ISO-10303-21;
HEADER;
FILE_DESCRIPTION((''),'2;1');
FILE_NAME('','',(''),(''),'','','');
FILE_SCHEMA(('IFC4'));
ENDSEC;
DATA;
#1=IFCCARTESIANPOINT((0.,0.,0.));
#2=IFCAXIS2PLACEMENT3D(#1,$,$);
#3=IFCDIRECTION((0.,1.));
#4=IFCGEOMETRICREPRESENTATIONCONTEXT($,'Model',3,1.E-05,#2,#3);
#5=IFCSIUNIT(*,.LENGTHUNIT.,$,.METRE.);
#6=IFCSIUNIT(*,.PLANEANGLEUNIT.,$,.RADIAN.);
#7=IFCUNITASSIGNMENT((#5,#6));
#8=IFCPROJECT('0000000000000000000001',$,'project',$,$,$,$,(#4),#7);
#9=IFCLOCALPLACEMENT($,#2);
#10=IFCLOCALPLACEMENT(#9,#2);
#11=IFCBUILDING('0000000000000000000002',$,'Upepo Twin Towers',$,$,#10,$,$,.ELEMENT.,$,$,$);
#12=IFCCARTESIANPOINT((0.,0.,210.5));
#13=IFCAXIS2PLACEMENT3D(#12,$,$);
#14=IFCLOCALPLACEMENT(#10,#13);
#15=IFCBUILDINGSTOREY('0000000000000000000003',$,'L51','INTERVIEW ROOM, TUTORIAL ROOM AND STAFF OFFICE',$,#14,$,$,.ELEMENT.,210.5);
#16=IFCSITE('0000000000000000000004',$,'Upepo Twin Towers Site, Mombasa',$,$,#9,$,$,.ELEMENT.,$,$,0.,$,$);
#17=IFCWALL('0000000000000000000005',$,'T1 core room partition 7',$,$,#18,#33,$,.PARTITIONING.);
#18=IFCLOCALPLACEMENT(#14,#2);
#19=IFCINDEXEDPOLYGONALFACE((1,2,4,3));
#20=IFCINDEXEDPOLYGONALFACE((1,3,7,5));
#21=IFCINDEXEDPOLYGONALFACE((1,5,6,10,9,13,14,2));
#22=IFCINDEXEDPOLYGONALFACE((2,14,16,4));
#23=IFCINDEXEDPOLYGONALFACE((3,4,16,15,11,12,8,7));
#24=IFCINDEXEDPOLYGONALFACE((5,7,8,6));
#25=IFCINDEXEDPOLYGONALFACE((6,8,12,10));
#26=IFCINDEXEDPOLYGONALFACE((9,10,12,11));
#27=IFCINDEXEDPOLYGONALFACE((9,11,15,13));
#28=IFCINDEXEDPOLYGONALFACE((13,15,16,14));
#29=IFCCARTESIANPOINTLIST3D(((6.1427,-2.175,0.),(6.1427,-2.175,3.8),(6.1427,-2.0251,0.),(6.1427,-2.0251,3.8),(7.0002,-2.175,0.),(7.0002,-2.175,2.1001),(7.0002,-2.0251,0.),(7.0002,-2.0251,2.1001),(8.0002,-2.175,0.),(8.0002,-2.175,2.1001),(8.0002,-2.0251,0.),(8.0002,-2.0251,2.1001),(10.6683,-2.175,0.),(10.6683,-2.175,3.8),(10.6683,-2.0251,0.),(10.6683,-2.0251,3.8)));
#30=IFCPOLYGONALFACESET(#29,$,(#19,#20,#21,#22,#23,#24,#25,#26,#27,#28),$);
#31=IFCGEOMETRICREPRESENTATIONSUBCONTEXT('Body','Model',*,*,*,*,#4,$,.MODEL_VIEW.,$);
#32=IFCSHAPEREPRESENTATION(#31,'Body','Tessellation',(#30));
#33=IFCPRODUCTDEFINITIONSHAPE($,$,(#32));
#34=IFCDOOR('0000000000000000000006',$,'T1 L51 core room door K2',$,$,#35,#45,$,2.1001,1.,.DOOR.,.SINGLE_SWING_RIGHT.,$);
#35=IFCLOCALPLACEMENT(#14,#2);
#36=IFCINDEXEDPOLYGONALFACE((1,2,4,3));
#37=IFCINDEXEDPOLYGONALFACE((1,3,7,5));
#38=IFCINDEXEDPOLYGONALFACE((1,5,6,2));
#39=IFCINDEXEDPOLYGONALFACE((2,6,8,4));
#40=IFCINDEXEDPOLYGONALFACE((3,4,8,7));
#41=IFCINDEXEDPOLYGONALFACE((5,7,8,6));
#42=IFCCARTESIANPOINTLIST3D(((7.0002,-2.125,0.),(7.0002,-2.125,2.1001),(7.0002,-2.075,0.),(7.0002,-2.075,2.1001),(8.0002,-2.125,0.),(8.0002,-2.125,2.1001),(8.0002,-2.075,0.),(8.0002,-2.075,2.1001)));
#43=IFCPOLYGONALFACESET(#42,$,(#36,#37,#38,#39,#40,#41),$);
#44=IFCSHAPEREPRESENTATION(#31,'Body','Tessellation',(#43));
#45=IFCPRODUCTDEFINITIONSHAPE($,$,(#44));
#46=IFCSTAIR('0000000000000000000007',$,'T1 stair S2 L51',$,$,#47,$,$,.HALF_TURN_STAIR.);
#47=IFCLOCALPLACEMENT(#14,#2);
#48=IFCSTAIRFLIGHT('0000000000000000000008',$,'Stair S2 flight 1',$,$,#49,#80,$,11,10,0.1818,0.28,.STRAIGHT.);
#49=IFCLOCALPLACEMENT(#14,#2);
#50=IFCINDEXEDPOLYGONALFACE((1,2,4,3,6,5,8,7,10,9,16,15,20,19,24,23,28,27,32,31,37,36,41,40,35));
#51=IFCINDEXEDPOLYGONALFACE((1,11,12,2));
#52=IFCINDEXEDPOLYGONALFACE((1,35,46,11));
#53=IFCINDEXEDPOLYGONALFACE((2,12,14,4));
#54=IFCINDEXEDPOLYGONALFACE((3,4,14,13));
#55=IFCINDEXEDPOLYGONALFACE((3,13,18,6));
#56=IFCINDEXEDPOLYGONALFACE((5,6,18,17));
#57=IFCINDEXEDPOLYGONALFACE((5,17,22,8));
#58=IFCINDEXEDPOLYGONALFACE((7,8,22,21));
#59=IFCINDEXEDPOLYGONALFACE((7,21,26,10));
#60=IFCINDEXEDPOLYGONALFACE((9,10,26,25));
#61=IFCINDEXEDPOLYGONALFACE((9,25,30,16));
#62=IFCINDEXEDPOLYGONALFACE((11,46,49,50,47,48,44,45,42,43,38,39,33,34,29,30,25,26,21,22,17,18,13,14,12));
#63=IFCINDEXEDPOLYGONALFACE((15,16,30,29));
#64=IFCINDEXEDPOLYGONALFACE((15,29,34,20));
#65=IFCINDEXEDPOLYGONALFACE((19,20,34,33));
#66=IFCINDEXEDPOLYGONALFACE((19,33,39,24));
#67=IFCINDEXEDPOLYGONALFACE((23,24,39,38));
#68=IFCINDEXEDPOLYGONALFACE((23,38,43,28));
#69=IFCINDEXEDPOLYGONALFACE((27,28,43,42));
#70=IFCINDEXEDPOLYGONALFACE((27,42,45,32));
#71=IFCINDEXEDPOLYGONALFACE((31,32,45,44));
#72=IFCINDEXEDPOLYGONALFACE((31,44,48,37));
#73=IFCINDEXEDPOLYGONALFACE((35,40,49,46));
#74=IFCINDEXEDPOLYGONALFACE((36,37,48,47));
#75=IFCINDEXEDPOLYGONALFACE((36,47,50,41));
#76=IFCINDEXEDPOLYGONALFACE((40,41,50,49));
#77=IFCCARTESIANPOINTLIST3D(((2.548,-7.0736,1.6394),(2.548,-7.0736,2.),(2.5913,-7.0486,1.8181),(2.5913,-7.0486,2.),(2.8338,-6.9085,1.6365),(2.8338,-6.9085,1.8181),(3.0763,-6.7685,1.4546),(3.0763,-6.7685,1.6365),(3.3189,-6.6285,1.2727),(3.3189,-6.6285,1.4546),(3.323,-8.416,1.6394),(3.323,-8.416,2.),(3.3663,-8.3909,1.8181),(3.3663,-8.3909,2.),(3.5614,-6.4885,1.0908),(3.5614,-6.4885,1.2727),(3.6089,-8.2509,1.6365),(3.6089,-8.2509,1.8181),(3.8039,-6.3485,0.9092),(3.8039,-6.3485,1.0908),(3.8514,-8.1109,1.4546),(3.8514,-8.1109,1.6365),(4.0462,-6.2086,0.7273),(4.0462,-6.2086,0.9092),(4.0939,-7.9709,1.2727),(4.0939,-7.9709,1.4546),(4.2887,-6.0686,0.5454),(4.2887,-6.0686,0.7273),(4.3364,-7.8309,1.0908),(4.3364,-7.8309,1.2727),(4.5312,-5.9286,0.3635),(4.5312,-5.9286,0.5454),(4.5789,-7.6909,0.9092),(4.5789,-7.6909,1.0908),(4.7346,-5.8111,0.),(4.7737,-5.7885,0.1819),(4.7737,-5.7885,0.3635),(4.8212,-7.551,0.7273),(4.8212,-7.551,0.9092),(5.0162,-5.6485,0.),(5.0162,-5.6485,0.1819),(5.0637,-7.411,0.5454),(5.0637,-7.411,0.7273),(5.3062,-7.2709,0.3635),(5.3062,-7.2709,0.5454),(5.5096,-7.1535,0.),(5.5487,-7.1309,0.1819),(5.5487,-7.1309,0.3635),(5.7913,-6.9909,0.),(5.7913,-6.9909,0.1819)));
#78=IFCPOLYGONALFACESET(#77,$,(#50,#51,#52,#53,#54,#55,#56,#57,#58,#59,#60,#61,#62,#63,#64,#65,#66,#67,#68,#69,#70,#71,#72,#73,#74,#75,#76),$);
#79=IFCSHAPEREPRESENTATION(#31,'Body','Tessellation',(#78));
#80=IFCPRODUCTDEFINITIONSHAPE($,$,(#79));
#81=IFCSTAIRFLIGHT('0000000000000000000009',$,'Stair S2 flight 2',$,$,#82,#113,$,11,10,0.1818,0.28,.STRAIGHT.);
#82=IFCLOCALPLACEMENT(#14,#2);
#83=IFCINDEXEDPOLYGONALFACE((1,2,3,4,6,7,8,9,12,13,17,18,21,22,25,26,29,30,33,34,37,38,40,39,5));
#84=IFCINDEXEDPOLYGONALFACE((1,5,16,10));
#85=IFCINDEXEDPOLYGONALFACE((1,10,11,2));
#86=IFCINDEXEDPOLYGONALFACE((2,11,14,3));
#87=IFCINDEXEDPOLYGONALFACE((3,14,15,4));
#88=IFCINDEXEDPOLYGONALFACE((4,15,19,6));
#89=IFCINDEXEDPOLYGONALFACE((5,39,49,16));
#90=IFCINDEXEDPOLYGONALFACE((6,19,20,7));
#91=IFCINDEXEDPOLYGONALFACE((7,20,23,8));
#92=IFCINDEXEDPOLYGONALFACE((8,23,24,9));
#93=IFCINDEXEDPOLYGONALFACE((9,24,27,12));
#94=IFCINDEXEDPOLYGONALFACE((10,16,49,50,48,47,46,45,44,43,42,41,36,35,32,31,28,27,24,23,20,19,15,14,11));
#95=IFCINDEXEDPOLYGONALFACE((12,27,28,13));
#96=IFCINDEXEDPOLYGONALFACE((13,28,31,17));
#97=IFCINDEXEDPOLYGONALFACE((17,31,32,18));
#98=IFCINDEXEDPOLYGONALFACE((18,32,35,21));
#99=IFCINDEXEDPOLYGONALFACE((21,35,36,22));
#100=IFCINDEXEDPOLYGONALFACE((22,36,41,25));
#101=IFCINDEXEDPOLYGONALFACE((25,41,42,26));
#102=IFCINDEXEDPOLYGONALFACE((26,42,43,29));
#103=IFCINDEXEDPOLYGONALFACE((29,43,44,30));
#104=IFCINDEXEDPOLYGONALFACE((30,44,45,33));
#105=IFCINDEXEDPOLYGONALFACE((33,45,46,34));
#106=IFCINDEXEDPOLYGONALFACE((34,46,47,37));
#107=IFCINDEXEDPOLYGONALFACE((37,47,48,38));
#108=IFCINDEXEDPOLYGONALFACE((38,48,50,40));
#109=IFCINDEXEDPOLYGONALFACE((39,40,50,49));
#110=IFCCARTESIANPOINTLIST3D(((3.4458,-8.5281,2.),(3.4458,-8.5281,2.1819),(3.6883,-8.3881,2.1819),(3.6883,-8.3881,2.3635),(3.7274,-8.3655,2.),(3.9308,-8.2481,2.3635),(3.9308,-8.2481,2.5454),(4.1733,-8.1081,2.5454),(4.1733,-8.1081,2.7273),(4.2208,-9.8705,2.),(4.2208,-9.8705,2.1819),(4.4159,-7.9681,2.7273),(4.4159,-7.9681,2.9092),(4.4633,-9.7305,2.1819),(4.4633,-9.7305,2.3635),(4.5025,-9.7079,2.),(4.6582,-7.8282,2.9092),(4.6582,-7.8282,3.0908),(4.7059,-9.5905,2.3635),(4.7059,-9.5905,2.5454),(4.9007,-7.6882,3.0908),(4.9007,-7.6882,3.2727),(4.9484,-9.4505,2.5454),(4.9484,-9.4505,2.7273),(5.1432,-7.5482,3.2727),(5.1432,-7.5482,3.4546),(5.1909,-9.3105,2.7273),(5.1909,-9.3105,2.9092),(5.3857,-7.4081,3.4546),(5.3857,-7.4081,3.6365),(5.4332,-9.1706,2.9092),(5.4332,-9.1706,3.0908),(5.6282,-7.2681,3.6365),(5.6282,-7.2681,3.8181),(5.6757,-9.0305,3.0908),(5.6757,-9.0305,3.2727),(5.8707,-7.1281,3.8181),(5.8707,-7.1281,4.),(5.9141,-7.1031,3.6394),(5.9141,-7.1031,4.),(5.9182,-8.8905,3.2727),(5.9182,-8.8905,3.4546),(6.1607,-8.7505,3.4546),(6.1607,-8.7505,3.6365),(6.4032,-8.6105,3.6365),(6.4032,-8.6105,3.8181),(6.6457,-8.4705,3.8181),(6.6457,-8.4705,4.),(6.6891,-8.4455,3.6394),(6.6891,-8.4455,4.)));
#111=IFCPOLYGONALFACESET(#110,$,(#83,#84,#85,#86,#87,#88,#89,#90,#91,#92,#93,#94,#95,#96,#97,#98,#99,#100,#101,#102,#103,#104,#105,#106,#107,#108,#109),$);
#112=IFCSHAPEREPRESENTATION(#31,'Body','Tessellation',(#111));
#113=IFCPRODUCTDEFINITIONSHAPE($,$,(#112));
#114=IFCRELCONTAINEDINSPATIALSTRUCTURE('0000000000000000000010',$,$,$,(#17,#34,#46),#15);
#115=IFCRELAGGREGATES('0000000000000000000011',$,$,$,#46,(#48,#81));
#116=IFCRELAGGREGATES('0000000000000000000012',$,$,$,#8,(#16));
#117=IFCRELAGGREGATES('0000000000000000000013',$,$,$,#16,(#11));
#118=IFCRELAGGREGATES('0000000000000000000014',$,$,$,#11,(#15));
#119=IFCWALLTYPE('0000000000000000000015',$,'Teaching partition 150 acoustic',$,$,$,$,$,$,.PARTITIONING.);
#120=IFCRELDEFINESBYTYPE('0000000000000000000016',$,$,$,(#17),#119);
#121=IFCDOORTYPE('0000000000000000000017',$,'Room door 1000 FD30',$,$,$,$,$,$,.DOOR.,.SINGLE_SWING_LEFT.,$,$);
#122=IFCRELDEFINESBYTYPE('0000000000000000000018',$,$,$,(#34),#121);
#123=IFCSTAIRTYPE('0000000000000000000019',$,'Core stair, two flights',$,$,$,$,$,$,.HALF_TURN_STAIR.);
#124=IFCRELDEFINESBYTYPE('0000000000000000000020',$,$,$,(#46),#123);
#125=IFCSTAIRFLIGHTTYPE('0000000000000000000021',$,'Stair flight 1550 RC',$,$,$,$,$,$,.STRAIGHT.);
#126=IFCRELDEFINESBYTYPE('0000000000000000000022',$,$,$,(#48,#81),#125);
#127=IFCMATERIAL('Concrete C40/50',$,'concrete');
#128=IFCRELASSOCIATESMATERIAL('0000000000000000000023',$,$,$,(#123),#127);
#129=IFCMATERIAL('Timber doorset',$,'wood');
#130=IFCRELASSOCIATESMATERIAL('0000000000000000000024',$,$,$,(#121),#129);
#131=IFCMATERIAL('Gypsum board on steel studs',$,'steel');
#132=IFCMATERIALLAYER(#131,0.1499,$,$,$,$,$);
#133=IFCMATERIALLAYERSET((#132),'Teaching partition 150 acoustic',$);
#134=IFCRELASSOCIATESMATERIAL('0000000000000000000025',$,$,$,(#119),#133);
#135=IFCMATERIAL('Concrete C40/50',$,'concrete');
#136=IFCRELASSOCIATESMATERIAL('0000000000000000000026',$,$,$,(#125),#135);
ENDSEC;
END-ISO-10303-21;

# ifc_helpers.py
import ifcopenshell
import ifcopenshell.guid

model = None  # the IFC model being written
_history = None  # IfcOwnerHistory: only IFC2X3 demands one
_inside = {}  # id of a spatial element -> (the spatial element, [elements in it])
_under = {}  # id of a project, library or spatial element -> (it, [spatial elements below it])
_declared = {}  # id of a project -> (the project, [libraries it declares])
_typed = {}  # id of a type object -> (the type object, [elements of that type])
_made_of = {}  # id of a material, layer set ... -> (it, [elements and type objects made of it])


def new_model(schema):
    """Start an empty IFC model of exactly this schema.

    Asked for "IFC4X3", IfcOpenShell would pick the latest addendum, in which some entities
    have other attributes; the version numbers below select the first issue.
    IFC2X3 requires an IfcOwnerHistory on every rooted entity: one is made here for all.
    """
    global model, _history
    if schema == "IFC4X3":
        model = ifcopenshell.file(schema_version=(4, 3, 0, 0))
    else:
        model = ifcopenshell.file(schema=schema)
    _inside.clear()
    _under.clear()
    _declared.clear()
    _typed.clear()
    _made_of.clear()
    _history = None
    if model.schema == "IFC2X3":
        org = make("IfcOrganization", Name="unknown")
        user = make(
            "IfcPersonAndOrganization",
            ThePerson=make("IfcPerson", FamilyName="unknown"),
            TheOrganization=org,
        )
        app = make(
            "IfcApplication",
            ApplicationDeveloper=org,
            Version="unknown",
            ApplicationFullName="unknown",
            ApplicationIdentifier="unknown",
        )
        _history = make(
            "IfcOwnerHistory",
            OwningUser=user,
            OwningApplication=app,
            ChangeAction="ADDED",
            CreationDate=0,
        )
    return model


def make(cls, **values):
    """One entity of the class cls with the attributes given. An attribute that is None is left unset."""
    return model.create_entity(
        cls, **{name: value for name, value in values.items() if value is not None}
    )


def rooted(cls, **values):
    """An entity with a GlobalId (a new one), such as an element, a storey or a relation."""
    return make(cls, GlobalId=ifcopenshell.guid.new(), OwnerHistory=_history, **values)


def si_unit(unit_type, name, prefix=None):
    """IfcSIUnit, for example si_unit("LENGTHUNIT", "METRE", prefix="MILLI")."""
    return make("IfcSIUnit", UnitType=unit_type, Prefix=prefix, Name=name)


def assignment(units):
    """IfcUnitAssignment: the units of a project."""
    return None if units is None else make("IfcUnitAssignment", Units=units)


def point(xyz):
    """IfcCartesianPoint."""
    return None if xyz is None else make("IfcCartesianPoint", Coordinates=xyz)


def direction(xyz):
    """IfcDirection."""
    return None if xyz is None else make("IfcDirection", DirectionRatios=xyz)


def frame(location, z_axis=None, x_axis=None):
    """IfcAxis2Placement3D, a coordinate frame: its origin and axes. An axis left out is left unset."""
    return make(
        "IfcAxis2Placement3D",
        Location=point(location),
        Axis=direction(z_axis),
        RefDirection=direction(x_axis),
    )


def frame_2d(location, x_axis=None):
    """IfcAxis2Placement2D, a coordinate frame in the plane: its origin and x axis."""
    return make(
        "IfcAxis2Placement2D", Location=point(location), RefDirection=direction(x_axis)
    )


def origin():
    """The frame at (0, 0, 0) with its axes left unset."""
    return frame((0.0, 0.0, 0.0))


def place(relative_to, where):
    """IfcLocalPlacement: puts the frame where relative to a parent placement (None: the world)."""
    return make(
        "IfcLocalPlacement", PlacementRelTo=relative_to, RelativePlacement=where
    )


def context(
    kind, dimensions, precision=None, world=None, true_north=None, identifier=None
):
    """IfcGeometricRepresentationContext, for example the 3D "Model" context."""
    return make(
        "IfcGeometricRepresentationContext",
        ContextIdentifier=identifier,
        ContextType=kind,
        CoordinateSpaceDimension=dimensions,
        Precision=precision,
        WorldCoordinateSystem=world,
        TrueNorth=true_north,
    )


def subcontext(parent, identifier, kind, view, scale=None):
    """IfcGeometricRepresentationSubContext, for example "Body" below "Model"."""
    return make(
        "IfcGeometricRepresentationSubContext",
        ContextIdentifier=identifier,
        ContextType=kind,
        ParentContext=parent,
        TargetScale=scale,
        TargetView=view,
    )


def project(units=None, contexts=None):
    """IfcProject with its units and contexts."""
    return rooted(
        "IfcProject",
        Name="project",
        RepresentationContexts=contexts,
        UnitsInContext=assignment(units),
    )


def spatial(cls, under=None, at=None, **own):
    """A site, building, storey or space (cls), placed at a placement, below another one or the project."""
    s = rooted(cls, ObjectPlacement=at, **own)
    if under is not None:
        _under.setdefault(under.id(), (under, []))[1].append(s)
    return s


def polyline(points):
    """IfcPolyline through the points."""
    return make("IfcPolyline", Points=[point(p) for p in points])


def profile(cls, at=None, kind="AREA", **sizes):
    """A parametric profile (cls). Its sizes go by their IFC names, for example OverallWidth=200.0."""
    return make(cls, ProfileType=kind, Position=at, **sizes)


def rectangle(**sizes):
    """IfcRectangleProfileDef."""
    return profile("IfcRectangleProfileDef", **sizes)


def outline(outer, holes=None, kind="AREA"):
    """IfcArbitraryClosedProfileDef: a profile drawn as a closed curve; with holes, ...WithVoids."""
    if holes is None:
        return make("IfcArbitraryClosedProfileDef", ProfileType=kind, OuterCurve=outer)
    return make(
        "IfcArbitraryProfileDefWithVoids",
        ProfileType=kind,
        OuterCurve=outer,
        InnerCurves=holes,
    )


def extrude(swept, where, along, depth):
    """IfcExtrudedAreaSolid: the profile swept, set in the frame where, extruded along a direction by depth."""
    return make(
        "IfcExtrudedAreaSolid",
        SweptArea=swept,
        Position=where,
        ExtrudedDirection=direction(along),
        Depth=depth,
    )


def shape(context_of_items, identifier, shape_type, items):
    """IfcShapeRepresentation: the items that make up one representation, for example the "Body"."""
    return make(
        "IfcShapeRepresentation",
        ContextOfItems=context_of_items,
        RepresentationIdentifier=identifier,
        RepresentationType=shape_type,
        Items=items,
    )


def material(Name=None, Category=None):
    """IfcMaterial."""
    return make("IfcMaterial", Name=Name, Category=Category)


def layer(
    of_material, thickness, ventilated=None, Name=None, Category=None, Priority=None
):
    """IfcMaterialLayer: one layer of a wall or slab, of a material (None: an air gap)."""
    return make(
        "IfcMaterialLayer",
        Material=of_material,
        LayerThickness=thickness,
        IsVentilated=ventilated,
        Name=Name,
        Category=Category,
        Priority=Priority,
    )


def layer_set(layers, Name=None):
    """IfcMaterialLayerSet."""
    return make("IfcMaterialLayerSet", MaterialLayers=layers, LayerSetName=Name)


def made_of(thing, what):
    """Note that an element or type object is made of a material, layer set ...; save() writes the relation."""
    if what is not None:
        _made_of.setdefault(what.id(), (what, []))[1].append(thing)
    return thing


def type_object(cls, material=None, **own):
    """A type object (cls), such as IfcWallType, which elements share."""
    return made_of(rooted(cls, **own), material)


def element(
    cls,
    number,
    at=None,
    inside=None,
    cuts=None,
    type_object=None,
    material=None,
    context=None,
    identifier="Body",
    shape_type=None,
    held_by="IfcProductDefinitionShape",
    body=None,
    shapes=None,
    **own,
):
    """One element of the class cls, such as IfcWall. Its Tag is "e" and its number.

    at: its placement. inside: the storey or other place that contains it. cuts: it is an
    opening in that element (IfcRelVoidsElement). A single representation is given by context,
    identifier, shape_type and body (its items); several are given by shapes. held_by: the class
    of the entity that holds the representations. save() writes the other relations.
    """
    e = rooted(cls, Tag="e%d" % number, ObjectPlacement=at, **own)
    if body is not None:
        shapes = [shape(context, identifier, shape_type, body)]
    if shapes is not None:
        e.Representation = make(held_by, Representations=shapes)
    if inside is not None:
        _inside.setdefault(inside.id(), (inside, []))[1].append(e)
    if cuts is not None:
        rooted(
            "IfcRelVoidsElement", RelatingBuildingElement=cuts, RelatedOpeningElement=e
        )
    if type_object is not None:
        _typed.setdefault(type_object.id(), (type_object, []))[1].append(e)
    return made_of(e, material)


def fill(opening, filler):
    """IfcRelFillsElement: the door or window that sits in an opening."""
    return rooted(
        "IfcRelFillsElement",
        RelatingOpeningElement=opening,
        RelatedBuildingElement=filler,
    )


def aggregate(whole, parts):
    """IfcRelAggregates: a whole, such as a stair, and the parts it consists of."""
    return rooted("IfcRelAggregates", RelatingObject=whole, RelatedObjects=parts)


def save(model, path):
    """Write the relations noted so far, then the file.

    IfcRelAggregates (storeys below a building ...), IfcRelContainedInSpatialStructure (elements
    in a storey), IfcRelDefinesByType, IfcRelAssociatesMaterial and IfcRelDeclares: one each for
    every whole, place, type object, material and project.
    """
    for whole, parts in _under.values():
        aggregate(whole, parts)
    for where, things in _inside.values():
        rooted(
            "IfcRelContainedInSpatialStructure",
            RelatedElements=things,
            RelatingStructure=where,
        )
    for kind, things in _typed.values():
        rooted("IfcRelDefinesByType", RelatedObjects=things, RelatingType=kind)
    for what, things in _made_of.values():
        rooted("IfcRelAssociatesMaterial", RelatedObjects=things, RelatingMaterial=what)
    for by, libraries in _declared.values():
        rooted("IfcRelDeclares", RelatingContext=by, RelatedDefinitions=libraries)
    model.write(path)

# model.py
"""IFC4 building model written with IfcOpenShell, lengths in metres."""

from ifc_helpers import new_model, si_unit, direction, frame, frame_2d, origin, place, context, subcontext, project, spatial, polyline, rectangle, outline, extrude, material, layer, layer_set, type_object, element, fill, aggregate, save


model = new_model("IFC4")

# Units and contexts
model_context = context("Model", 3, precision=1e-05, world=origin(), true_north=direction((0.0, 1.0)))
body_context = subcontext(model_context, "Body", "Model", "MODEL_VIEW")
ifc_project = project(units=[si_unit("LENGTHUNIT", "METRE"), si_unit("PLANEANGLEUNIT", "RADIAN")], contexts=[model_context])

# Site, building, storey
site_placement = place(None, origin())
site = spatial("IfcSite", under=ifc_project, at=site_placement, Name="Upepo Twin Towers Site, Mombasa", CompositionType="ELEMENT", RefElevation=0.0)
building_placement = place(site_placement, origin())
building = spatial("IfcBuilding", under=site, at=building_placement, Name="Upepo Twin Towers", CompositionType="ELEMENT")
storey_placement = place(building_placement, frame((0.0, 0.0, 210.5)))
storey = spatial("IfcBuildingStorey", under=building, at=storey_placement, Name="L51", Description="INTERVIEW ROOM, TUTORIAL ROOM AND STAFF OFFICE", CompositionType="ELEMENT", Elevation=210.5)

# Shared definitions
ifc_material_1 = material(Name="Concrete C40/50", Category="concrete")
stair_type = type_object("IfcStairType", Name="Core stair, two flights", PredefinedType="HALF_TURN_STAIR", material=ifc_material_1)

# Shared definitions
ifc_material_2 = material(Name="Timber doorset", Category="wood")
door_type_1 = type_object("IfcDoorType", Name="Room door 1000 FD30", OperationType="SINGLE_SWING_LEFT", PredefinedType="DOOR", material=ifc_material_2)

# Shared definitions
ifc_material_3 = material(Name="Gypsum board on steel studs", Category="steel")
ifc_layer_1 = layer(ifc_material_3, 0.1499)
ifc_layer_set_1 = layer_set([ifc_layer_1], Name="Teaching partition 150 acoustic")
wall_type_1 = type_object("IfcWallType", Name="Teaching partition 150 acoustic", PredefinedType="PARTITIONING", material=ifc_layer_set_1)

# Wall, opening, door
wall_1_placement = place(storey_placement, frame((10.6682, -2.1001, 0.0), z_axis=(0.0, 0.0, 1.0), x_axis=(-1.0, 0.0, 0.0)))
wall_1 = element("IfcWall", 1, at=wall_1_placement, inside=storey, type_object=wall_type_1, Name="T1 core room partition 7", PredefinedType="PARTITIONING", context=body_context, shape_type="SweptSolid", body=[
    extrude(rectangle(XDim=4.5256, YDim=0.1499, at=frame_2d((2.2627, 0.0))), origin(), (0.0, 0.0, 1.0), 3.8),
])
opening_1_placement = place(wall_1_placement, frame((2.668, 0.0, 0.0)))
opening_1 = element("IfcOpeningElement", 2, at=opening_1_placement, cuts=wall_1, PredefinedType="OPENING", context=body_context, shape_type="SweptSolid", body=[
    extrude(rectangle(XDim=1.0, YDim=2.1001, at=frame_2d((0.5, 1.05))), frame((0.0, 0.085, 0.0), z_axis=(0.0, -1.0, 0.0), x_axis=(1.0, 0.0, 0.0)), (0.0, 0.0, 1.0), 0.1699),
])
door_1_placement = place(opening_1_placement, origin())
door_1 = element("IfcDoor", 3, at=door_1_placement, inside=storey, type_object=door_type_1, Name="T1 L51 core room door K2", OperationType="SINGLE_SWING_RIGHT", OverallHeight=2.1001, OverallWidth=1.0, PredefinedType="DOOR", context=body_context, shape_type="SweptSolid", body=[
    extrude(rectangle(XDim=1.0, YDim=2.1001, at=frame_2d((0.5, 1.05))), frame((0.0, 0.0249, 0.0), z_axis=(0.0, -1.0, 0.0), x_axis=(1.0, 0.0, 0.0)), (0.0, 0.0, 1.0), 0.05),
])
fill(opening_1, door_1)

# Stair, stair flights
stair_1_placement = place(storey_placement, origin())
stair_1 = element("IfcStair", 4, at=stair_1_placement, inside=storey, type_object=stair_type, Name="T1 stair S2 L51", PredefinedType="HALF_TURN_STAIR")
ifc_material_4 = material(Name="Concrete C40/50", Category="concrete")
stair_flight_type = type_object("IfcStairFlightType", Name="Stair flight 1550 RC", PredefinedType="STRAIGHT", material=ifc_material_4)
stair_flight_1_placement = place(storey_placement, frame((5.4038, -6.3198, 0.0), z_axis=(0.0, 0.0, 1.0), x_axis=(-0.866025, -0.5, 0.0)))
stair_flight_1 = element("IfcStairFlight", 5, at=stair_flight_1_placement, type_object=stair_flight_type, Name="Stair S2 flight 1", NumberOfRisers=11, NumberOfTreads=10, PredefinedType="STRAIGHT", RiserHeight=0.1818, TreadLength=0.28, context=body_context, shape_type="SweptSolid", body=[
    extrude(outline(polyline([(0.0, 0.0), (0.0, 0.1819), (0.28, 0.1819), (0.28, 0.3635), (0.5601, 0.3635), (0.5601, 0.5454), (0.8401, 0.5454), (0.8401, 0.7273), (1.1201, 0.7273), (1.1201, 0.9092), (1.3999, 0.9092), (1.3999, 1.0908), (1.6799, 1.0908), (1.6799, 1.2727), (1.96, 1.2727), (1.96, 1.4546), (2.24, 1.4546), (2.24, 1.6365), (2.52, 1.6365), (2.52, 1.8181), (2.8, 1.8181), (2.8, 2.0), (2.8501, 2.0), (2.8501, 1.6394), (0.3252, 0.0), (0.0, 0.0)])), frame((0.0, 0.7749, 0.0), z_axis=(0.0, -1.0, 0.0), x_axis=(1.0, 0.0, 0.0)), (0.0, 0.0, 1.0), 1.55),
])
stair_flight_2_placement = place(storey_placement, frame((3.8333, -9.1992, 2.0), z_axis=(0.0, 0.0, 1.0), x_axis=(0.866025, 0.5, 0.0)))
stair_flight_2 = element("IfcStairFlight", 6, at=stair_flight_2_placement, type_object=stair_flight_type, Name="Stair S2 flight 2", NumberOfRisers=11, NumberOfTreads=10, PredefinedType="STRAIGHT", RiserHeight=0.1818, TreadLength=0.28, context=body_context, shape_type="SweptSolid", body=[
    extrude(outline(polyline([(0.0, 0.0), (0.0, 0.1819), (0.28, 0.1819), (0.28, 0.3635), (0.5601, 0.3635), (0.5601, 0.5454), (0.8401, 0.5454), (0.8401, 0.7273), (1.1201, 0.7273), (1.1201, 0.9092), (1.3999, 0.9092), (1.3999, 1.0908), (1.6799, 1.0908), (1.6799, 1.2727), (1.96, 1.2727), (1.96, 1.4546), (2.24, 1.4546), (2.24, 1.6365), (2.52, 1.6365), (2.52, 1.8181), (2.8, 1.8181), (2.8, 2.0), (2.8501, 2.0), (2.8501, 1.6394), (0.3252, 0.0), (0.0, 0.0)])), frame((0.0, 0.7749, 0.0), z_axis=(0.0, -1.0, 0.0), x_axis=(1.0, 0.0, 0.0)), (0.0, 0.0, 1.0), 1.55),
])
aggregate(stair_1, [stair_flight_1, stair_flight_2])

save(model, "model.ifc")
